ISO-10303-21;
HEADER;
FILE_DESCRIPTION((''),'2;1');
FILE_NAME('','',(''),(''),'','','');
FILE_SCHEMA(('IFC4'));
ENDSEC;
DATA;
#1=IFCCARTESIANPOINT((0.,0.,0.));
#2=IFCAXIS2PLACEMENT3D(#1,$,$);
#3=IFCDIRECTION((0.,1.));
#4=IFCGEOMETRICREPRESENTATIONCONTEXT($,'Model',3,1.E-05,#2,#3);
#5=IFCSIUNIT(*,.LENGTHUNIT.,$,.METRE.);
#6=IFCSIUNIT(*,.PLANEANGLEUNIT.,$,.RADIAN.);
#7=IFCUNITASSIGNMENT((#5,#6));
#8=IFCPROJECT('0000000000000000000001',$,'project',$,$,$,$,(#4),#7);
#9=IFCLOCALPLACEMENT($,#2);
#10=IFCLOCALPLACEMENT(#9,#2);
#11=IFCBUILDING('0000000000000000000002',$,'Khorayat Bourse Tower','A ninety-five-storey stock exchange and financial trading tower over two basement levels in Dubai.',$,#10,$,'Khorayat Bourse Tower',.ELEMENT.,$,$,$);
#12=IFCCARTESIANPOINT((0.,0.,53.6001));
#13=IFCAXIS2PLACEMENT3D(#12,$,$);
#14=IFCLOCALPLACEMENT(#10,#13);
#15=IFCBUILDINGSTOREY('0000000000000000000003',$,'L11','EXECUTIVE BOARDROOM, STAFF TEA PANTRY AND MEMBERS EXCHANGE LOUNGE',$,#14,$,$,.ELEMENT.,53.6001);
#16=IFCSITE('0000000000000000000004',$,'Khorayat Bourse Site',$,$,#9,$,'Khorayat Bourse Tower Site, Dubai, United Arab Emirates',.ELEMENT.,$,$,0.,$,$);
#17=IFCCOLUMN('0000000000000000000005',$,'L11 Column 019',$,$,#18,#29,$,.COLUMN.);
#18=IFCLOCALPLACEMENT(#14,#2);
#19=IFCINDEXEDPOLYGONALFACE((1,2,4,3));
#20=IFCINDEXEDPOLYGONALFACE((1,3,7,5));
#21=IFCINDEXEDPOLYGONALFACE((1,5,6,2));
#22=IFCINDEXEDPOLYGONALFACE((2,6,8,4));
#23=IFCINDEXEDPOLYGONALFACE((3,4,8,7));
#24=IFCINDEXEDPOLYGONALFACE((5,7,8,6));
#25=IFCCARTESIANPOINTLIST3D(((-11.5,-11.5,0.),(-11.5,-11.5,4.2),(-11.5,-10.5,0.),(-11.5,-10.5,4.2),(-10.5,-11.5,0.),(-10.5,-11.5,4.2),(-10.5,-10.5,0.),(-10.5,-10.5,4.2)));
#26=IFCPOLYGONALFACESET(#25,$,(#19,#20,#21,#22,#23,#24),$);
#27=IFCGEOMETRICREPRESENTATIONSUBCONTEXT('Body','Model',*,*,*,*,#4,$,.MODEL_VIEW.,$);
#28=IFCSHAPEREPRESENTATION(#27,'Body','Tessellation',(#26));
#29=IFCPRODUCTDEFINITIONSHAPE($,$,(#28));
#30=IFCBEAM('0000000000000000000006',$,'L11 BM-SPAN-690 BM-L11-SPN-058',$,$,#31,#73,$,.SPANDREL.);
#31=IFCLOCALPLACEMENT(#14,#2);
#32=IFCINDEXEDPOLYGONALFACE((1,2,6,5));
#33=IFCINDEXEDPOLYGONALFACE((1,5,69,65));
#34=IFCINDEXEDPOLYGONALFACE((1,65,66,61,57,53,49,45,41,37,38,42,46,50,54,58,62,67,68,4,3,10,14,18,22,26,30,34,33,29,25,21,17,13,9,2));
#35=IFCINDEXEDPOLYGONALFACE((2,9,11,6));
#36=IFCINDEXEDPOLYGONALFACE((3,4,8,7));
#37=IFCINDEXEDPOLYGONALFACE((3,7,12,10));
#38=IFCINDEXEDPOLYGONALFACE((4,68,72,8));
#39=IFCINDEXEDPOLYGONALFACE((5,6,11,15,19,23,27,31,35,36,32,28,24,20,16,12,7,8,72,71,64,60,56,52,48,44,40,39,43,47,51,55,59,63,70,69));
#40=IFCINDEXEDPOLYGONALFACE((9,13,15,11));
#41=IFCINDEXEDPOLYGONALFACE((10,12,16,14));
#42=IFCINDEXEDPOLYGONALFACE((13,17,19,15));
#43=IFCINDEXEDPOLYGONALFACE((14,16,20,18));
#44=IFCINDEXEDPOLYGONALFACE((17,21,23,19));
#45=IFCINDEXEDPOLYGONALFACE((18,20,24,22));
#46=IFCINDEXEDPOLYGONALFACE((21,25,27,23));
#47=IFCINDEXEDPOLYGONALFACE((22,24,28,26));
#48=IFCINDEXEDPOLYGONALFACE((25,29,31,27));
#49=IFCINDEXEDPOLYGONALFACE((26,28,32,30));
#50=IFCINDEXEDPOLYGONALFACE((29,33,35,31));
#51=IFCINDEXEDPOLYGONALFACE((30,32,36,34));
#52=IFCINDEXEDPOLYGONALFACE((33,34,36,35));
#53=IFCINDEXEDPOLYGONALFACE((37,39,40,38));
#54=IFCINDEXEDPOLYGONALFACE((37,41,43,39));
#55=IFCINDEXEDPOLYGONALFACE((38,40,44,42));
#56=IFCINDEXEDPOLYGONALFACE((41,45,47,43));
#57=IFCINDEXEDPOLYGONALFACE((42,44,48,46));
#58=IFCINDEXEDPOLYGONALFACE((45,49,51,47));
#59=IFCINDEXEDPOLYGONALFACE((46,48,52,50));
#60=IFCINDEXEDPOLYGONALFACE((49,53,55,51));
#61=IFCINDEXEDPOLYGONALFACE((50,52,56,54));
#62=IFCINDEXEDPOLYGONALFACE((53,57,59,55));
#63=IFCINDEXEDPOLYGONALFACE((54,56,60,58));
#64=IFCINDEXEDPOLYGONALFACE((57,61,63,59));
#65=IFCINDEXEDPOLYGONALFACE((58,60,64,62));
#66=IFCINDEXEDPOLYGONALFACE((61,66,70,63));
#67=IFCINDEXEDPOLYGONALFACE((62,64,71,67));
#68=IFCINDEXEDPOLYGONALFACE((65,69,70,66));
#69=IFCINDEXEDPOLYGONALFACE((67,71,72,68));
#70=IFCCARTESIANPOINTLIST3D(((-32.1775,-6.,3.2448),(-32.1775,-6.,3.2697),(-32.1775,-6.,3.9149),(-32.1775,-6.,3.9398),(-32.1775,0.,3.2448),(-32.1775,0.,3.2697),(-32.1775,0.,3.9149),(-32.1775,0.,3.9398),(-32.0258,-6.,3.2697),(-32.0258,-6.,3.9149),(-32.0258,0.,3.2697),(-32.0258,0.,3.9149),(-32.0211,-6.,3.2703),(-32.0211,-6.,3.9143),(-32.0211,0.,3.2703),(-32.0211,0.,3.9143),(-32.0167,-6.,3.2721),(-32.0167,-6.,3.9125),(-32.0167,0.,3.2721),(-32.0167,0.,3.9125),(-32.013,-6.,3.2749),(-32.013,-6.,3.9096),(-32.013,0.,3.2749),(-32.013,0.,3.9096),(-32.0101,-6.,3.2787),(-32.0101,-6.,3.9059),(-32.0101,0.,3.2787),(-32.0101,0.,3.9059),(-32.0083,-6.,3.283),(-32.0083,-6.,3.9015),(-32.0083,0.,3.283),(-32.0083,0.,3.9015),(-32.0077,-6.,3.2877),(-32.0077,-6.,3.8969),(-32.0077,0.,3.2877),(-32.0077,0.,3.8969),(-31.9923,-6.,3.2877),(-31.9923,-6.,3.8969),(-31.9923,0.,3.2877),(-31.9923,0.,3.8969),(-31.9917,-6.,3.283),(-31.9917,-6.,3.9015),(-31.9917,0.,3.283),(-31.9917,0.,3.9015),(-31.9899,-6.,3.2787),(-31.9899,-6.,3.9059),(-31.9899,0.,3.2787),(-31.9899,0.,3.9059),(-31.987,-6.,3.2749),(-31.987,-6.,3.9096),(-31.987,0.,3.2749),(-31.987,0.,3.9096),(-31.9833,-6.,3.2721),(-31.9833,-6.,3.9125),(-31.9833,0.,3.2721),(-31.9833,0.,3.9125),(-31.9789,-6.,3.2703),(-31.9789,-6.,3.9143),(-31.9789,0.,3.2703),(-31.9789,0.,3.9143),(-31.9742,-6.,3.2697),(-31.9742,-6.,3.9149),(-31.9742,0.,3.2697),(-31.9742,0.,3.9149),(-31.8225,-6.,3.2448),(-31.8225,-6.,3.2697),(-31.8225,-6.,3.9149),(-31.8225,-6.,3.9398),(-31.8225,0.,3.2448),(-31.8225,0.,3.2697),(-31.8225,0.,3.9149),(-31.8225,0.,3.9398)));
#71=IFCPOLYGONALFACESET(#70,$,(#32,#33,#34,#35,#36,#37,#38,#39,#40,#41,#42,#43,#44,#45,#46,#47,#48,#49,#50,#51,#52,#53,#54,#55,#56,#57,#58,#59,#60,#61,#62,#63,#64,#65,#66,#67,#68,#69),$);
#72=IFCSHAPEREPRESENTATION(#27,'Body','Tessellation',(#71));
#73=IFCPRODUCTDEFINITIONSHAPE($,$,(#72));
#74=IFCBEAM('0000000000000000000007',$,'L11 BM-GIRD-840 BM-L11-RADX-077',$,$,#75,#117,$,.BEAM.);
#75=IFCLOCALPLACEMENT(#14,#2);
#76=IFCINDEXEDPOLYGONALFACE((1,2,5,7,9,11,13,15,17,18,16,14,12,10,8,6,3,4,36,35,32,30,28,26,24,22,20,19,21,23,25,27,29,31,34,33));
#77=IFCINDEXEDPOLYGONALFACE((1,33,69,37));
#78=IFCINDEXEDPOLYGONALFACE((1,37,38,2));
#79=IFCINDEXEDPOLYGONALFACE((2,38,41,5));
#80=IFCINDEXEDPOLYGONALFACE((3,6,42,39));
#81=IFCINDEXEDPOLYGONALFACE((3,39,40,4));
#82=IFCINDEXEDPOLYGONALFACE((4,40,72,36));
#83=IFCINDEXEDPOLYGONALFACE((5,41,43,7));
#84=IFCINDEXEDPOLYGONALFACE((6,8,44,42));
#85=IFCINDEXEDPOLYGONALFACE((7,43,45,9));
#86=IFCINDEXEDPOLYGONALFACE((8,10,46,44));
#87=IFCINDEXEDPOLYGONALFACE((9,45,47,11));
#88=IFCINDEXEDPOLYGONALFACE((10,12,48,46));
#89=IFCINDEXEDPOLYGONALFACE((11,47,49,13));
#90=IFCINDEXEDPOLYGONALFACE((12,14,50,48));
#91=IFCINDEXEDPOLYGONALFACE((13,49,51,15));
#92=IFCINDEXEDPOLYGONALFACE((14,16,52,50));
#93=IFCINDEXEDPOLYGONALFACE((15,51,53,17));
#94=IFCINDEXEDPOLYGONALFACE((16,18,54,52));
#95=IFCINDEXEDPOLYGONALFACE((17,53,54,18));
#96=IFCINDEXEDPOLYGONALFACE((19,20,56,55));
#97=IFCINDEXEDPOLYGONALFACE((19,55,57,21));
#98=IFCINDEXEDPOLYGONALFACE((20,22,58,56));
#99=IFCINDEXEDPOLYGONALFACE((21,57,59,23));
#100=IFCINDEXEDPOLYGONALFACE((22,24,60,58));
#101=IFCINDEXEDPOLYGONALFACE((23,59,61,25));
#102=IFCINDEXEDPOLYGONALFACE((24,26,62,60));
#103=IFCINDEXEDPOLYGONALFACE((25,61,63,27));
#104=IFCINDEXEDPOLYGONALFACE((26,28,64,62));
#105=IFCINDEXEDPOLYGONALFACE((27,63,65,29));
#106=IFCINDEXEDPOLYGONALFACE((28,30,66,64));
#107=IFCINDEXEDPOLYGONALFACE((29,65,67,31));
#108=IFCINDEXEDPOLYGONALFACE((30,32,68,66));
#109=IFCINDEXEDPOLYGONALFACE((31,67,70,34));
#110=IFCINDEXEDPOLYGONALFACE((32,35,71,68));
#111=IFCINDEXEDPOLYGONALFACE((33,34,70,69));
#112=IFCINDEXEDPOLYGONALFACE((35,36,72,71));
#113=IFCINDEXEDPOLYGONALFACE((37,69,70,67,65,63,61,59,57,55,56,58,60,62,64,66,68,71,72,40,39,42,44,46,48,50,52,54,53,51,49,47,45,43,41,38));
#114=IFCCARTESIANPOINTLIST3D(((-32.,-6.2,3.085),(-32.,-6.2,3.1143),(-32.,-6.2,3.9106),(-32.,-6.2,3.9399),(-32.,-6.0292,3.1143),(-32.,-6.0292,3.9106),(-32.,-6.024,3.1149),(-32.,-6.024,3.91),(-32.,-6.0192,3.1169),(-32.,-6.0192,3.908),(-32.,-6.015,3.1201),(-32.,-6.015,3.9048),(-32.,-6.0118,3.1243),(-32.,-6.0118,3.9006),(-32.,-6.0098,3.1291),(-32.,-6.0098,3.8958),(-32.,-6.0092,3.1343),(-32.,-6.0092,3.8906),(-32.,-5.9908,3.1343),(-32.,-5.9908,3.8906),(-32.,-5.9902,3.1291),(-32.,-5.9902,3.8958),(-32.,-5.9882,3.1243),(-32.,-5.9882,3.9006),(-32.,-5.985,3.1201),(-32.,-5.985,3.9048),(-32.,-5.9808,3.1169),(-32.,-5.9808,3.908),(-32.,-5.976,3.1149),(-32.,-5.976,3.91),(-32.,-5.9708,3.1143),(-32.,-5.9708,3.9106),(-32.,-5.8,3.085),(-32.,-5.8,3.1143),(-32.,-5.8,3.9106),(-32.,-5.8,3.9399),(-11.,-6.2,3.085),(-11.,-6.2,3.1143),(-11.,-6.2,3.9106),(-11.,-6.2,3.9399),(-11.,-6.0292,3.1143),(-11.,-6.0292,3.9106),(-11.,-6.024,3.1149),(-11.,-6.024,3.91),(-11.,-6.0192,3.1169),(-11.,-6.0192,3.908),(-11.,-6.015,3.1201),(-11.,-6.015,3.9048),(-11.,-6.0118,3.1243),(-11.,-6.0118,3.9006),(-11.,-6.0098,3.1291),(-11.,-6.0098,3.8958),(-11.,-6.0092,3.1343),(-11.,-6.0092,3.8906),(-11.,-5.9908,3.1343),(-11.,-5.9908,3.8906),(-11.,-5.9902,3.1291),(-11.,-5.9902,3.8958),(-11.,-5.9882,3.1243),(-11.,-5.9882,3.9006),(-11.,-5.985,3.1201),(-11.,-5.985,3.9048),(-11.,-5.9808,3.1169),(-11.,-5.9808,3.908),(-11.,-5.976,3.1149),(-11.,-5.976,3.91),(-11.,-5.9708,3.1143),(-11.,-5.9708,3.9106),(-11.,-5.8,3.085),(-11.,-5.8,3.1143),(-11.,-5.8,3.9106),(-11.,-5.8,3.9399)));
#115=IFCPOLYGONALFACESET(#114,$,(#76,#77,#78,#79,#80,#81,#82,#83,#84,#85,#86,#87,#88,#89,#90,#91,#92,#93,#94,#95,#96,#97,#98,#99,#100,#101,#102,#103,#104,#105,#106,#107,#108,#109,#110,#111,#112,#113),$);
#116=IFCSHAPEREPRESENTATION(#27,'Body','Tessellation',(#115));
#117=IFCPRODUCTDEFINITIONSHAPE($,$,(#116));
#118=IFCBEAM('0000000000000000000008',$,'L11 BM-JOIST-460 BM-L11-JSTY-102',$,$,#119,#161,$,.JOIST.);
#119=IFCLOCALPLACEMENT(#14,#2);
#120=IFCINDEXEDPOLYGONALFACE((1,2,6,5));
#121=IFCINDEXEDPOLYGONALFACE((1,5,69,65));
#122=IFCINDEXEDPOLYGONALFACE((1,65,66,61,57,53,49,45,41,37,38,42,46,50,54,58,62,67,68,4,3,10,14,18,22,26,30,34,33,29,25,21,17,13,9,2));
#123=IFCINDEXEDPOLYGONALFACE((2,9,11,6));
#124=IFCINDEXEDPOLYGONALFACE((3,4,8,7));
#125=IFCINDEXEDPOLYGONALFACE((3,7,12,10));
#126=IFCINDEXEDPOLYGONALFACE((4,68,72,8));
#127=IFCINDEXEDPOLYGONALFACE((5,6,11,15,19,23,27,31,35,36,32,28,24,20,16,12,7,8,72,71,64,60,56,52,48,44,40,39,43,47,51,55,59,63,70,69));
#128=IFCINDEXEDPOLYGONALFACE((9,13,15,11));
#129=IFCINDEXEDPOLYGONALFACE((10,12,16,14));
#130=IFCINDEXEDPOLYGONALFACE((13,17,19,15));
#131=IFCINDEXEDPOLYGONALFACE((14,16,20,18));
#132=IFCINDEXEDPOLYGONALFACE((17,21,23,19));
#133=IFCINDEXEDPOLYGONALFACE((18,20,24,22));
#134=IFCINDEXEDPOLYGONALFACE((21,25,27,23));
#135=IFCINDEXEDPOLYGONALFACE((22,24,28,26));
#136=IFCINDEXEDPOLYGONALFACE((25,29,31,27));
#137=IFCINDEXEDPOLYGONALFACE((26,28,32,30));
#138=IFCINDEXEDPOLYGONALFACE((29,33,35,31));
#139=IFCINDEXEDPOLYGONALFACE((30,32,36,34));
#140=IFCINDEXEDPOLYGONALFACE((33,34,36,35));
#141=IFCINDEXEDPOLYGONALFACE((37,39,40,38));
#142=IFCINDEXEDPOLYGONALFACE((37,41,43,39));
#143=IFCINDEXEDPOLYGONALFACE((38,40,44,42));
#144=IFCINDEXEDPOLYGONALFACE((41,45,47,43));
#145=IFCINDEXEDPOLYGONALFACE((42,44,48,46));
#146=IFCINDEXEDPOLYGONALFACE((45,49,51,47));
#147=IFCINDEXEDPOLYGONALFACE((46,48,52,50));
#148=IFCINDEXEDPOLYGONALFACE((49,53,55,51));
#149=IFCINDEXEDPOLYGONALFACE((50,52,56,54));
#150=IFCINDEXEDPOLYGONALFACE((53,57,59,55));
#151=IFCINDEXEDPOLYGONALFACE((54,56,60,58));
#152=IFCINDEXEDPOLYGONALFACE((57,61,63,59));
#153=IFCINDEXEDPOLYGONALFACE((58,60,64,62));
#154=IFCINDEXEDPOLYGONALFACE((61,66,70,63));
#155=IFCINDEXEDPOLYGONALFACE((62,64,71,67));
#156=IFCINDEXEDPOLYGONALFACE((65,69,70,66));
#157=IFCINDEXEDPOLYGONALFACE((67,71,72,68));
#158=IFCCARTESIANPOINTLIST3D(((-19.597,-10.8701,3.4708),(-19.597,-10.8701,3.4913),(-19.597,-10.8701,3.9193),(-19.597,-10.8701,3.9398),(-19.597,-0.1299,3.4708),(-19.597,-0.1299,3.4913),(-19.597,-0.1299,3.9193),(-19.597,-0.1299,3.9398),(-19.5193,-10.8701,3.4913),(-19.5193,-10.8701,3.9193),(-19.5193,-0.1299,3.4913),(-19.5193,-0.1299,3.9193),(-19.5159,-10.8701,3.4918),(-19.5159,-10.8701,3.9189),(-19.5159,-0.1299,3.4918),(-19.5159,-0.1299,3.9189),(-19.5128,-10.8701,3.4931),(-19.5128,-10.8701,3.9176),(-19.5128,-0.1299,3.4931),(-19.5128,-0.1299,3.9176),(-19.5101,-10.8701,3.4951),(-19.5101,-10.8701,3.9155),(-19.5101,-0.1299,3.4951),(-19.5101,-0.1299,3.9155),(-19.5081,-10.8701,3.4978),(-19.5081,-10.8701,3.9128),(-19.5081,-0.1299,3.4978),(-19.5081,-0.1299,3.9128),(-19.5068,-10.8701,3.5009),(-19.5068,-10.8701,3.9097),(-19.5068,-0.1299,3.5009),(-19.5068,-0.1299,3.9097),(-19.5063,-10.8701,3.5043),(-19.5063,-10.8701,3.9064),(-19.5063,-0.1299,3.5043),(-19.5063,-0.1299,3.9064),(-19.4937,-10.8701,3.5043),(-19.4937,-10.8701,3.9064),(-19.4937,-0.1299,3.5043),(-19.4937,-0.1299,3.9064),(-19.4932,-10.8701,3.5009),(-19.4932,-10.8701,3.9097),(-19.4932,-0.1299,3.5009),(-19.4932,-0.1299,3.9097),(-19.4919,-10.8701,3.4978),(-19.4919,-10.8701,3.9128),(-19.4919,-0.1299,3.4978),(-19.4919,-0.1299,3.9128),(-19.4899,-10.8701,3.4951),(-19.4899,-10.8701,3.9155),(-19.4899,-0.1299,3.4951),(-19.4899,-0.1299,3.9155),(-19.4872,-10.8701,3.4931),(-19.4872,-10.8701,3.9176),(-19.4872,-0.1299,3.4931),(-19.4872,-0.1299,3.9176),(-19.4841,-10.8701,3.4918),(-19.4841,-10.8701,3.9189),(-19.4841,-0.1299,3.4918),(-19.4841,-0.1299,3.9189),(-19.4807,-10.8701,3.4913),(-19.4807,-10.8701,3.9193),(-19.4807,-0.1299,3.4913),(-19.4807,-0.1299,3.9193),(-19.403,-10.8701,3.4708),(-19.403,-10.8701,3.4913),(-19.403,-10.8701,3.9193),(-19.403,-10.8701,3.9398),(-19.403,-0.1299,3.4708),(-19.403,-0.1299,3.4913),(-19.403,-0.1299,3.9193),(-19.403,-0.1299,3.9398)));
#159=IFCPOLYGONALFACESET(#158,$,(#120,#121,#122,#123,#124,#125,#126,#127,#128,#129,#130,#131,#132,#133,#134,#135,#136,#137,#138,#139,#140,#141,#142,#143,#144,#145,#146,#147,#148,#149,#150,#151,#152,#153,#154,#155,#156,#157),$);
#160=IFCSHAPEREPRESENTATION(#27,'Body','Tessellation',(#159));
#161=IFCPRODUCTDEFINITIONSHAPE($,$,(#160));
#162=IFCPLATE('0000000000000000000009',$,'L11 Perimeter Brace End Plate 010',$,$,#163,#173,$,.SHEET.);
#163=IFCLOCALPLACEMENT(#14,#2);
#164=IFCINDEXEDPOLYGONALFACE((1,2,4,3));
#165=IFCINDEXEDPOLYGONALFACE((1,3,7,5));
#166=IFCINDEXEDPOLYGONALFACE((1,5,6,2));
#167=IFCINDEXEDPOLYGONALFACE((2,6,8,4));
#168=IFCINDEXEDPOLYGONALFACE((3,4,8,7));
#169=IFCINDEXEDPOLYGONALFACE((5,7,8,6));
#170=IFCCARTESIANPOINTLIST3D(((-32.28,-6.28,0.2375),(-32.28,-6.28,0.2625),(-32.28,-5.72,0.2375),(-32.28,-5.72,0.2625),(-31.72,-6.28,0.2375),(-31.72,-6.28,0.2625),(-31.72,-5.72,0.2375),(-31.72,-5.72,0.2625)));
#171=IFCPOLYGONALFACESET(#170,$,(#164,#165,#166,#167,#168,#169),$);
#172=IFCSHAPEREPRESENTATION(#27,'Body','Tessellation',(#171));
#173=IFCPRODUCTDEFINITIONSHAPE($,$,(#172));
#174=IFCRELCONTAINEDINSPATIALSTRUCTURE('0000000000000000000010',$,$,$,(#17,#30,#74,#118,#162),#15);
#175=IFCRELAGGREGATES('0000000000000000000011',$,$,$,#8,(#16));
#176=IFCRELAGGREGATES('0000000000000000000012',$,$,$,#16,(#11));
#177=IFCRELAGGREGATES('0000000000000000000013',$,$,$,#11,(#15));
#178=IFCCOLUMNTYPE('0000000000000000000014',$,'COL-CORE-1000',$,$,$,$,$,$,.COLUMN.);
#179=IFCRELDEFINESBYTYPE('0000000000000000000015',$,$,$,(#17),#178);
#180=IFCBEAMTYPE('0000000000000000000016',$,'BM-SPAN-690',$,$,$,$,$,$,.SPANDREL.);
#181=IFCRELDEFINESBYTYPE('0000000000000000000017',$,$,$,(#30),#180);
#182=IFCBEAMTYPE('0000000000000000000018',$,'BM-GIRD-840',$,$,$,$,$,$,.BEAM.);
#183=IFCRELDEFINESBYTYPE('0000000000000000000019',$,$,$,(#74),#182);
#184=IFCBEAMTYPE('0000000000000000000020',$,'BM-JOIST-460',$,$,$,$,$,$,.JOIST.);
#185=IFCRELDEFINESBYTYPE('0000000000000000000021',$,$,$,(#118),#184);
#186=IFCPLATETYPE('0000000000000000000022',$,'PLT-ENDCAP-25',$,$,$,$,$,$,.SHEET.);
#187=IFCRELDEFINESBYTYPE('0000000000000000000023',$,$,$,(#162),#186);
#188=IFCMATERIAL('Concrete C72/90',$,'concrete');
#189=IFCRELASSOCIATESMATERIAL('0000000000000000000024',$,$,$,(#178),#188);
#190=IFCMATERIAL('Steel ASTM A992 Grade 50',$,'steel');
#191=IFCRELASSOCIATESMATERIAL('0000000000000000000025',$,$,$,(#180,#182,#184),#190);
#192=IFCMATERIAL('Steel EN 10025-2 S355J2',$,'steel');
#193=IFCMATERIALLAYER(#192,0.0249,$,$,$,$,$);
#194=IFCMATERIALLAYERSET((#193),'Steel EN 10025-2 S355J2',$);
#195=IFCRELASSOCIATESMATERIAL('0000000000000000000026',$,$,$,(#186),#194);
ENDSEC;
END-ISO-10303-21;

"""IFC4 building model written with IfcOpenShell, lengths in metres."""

from ifc_helpers import new_model, si_unit, direction, frame, origin, origin_2d, place, context, subcontext, project, spatial, rectangle, i_section, extrude, source, transform, mapped, material, layer, layer_set, material_profile, profile_set, type_object, element, save


model = new_model("IFC4")

# Units and contexts
model_context = context("Model", 3, precision=1e-05, world=origin(), true_north=direction((0.0, 1.0)))
body_context = subcontext(model_context, "Body", "Model", "MODEL_VIEW")
ifc_project = project(units=[si_unit("LENGTHUNIT", "METRE"), si_unit("PLANEANGLEUNIT", "RADIAN")], contexts=[model_context])

# Site, building, storey
site_placement = place(None, origin())
site = spatial("IfcSite", under=ifc_project, at=site_placement, Name="Khorayat Bourse Site", LongName="Khorayat Bourse Tower Site, Dubai, United Arab Emirates", CompositionType="ELEMENT", RefElevation=0.0)
building_placement = place(site_placement, origin())
building = spatial("IfcBuilding", under=site, at=building_placement, Name="Khorayat Bourse Tower", Description="A ninety-five-storey stock exchange and financial trading tower over two basement levels in Dubai.", LongName="Khorayat Bourse Tower", CompositionType="ELEMENT")
storey_placement = place(building_placement, frame((0.0, 0.0, 53.6001)))
storey = spatial("IfcBuildingStorey", under=building, at=storey_placement, Name="L11", Description="EXECUTIVE BOARDROOM, STAFF TEA PANTRY AND MEMBERS EXCHANGE LOUNGE", CompositionType="ELEMENT", Elevation=53.6001)

# Column
ifc_material_1 = material(Name="Concrete C72/90", Category="concrete")
ifc_material_profile_1 = material_profile(ifc_material_1, rectangle(XDim=1.0, YDim=1.0, at=origin_2d()), Name="RC 1000x1000")
ifc_profile_set_1 = profile_set([ifc_material_profile_1], Name="Concrete C72/90")
column_type = type_object("IfcColumnType", Name="COL-CORE-1000", PredefinedType="COLUMN", material=ifc_profile_set_1)
shared_shape_1 = source(origin(), body_context, "Body", "SweptSolid", [
    extrude(rectangle(XDim=1.0, YDim=1.0, at=origin_2d()), origin(), (0.0, 0.0, 1.0), 4.2),
])
column_placement = place(storey_placement, frame((-11.0, -11.0, 0.0), z_axis=(0.0, 0.0, 1.0), x_axis=(1.0, 0.0, 0.0)))
element("IfcColumn", 1, at=column_placement, inside=storey, type_object=column_type, Name="L11 Column 019", PredefinedType="COLUMN", context=body_context, shape_type="MappedRepresentation", body=[
    mapped(shared_shape_1, transform((0.0, 0.0, 0.0), scale=1.0)),
])

# Beams
ifc_material_2 = material(Name="Steel ASTM A992 Grade 50", Category="steel")
ifc_material_profile_2 = material_profile(ifc_material_2, i_section(OverallWidth=0.355, OverallDepth=0.6951, WebThickness=0.0154, FlangeThickness=0.0249, FilletRadius=0.0181, at=origin_2d()), Name="W690X217")
ifc_profile_set_2 = profile_set([ifc_material_profile_2], Name="Steel ASTM A992 Grade 50")
beam_type_1 = type_object("IfcBeamType", Name="BM-SPAN-690", PredefinedType="SPANDREL", material=ifc_profile_set_2)
shared_shape_2 = source(origin(), body_context, "Body", "SweptSolid", [
    extrude(i_section(OverallWidth=0.355, OverallDepth=0.6951, WebThickness=0.0154, FlangeThickness=0.0249, FilletRadius=0.0181, at=origin_2d()), origin(), (0.0, 0.0, 1.0), 6.0),
])
beam_1_placement = place(storey_placement, frame((-32.0, -6.0, 3.5923), z_axis=(0.0, 1.0, 0.0), x_axis=(-1.0, 0.0, 0.0)))
element("IfcBeam", 2, at=beam_1_placement, inside=storey, type_object=beam_type_1, Name="L11 BM-SPAN-690 BM-L11-SPN-058", PredefinedType="SPANDREL", context=body_context, shape_type="MappedRepresentation", body=[
    mapped(shared_shape_2, transform((0.0, 0.0, 0.0), scale=1.0)),
])
ifc_material_profile_3 = material_profile(ifc_material_2, i_section(OverallWidth=0.3999, OverallDepth=0.855, WebThickness=0.0183, FlangeThickness=0.0293, FilletRadius=0.02, at=origin_2d()), Name="W840X299")
ifc_profile_set_3 = profile_set([ifc_material_profile_3], Name="Steel ASTM A992 Grade 50")
beam_type_2 = type_object("IfcBeamType", Name="BM-GIRD-840", PredefinedType="BEAM", material=ifc_profile_set_3)
shared_shape_3 = source(origin(), body_context, "Body", "SweptSolid", [
    extrude(i_section(OverallWidth=0.3999, OverallDepth=0.855, WebThickness=0.0183, FlangeThickness=0.0293, FilletRadius=0.02, at=origin_2d()), origin(), (0.0, 0.0, 1.0), 21.0),
])
beam_2_placement = place(storey_placement, frame((-32.0, -6.0, 3.5125), z_axis=(1.0, 0.0, 0.0), x_axis=(0.0, 1.0, 0.0)))
element("IfcBeam", 3, at=beam_2_placement, inside=storey, type_object=beam_type_2, Name="L11 BM-GIRD-840 BM-L11-RADX-077", PredefinedType="BEAM", context=body_context, shape_type="MappedRepresentation", body=[
    mapped(shared_shape_3, transform((0.0, 0.0, 0.0), scale=1.0)),
])
ifc_material_profile_4 = material_profile(ifc_material_2, i_section(OverallWidth=0.1941, OverallDepth=0.469, WebThickness=0.0127, FlangeThickness=0.0205, FilletRadius=0.0129, at=origin_2d()), Name="W460X106")
ifc_profile_set_4 = profile_set([ifc_material_profile_4], Name="Steel ASTM A992 Grade 50")
beam_type_3 = type_object("IfcBeamType", Name="BM-JOIST-460", PredefinedType="JOIST", material=ifc_profile_set_4)
shared_shape_4 = source(origin(), body_context, "Body", "SweptSolid", [
    extrude(i_section(OverallWidth=0.1941, OverallDepth=0.469, WebThickness=0.0127, FlangeThickness=0.0205, FilletRadius=0.0129, at=origin_2d()), origin(), (0.0, 0.0, 1.0), 10.7402),
])
beam_3_placement = place(storey_placement, frame((-19.5, -10.8701, 3.7053), z_axis=(0.0, 1.0, 0.0), x_axis=(-1.0, 0.0, 0.0)))
element("IfcBeam", 4, at=beam_3_placement, inside=storey, type_object=beam_type_3, Name="L11 BM-JOIST-460 BM-L11-JSTY-102", PredefinedType="JOIST", context=body_context, shape_type="MappedRepresentation", body=[
    mapped(shared_shape_4, transform((0.0, 0.0, 0.0), scale=1.0)),
])

# Plate
ifc_material_3 = material(Name="Steel EN 10025-2 S355J2", Category="steel")
ifc_layer_1 = layer(ifc_material_3, 0.0249)
ifc_layer_set_1 = layer_set([ifc_layer_1], Name="Steel EN 10025-2 S355J2")
plate_type = type_object("IfcPlateType", Name="PLT-ENDCAP-25", PredefinedType="SHEET", material=ifc_layer_set_1)
shared_shape_5 = source(origin(), body_context, "Body", "SweptSolid", [
    extrude(rectangle(XDim=0.5601, YDim=0.5601, at=origin_2d()), origin(), (0.0, 0.0, 1.0), 0.0249),
])
plate_placement = place(storey_placement, frame((-32.0, -6.0, 0.2375), z_axis=(0.0, 0.0, 1.0), x_axis=(1.0, 0.0, 0.0)))
element("IfcPlate", 5, at=plate_placement, inside=storey, type_object=plate_type, Name="L11 Perimeter Brace End Plate 010", PredefinedType="SHEET", context=body_context, shape_type="MappedRepresentation", body=[
    mapped(shared_shape_5, transform((0.0, 0.0, 0.0), scale=1.0)),
])

save(model, "model.ifc")
